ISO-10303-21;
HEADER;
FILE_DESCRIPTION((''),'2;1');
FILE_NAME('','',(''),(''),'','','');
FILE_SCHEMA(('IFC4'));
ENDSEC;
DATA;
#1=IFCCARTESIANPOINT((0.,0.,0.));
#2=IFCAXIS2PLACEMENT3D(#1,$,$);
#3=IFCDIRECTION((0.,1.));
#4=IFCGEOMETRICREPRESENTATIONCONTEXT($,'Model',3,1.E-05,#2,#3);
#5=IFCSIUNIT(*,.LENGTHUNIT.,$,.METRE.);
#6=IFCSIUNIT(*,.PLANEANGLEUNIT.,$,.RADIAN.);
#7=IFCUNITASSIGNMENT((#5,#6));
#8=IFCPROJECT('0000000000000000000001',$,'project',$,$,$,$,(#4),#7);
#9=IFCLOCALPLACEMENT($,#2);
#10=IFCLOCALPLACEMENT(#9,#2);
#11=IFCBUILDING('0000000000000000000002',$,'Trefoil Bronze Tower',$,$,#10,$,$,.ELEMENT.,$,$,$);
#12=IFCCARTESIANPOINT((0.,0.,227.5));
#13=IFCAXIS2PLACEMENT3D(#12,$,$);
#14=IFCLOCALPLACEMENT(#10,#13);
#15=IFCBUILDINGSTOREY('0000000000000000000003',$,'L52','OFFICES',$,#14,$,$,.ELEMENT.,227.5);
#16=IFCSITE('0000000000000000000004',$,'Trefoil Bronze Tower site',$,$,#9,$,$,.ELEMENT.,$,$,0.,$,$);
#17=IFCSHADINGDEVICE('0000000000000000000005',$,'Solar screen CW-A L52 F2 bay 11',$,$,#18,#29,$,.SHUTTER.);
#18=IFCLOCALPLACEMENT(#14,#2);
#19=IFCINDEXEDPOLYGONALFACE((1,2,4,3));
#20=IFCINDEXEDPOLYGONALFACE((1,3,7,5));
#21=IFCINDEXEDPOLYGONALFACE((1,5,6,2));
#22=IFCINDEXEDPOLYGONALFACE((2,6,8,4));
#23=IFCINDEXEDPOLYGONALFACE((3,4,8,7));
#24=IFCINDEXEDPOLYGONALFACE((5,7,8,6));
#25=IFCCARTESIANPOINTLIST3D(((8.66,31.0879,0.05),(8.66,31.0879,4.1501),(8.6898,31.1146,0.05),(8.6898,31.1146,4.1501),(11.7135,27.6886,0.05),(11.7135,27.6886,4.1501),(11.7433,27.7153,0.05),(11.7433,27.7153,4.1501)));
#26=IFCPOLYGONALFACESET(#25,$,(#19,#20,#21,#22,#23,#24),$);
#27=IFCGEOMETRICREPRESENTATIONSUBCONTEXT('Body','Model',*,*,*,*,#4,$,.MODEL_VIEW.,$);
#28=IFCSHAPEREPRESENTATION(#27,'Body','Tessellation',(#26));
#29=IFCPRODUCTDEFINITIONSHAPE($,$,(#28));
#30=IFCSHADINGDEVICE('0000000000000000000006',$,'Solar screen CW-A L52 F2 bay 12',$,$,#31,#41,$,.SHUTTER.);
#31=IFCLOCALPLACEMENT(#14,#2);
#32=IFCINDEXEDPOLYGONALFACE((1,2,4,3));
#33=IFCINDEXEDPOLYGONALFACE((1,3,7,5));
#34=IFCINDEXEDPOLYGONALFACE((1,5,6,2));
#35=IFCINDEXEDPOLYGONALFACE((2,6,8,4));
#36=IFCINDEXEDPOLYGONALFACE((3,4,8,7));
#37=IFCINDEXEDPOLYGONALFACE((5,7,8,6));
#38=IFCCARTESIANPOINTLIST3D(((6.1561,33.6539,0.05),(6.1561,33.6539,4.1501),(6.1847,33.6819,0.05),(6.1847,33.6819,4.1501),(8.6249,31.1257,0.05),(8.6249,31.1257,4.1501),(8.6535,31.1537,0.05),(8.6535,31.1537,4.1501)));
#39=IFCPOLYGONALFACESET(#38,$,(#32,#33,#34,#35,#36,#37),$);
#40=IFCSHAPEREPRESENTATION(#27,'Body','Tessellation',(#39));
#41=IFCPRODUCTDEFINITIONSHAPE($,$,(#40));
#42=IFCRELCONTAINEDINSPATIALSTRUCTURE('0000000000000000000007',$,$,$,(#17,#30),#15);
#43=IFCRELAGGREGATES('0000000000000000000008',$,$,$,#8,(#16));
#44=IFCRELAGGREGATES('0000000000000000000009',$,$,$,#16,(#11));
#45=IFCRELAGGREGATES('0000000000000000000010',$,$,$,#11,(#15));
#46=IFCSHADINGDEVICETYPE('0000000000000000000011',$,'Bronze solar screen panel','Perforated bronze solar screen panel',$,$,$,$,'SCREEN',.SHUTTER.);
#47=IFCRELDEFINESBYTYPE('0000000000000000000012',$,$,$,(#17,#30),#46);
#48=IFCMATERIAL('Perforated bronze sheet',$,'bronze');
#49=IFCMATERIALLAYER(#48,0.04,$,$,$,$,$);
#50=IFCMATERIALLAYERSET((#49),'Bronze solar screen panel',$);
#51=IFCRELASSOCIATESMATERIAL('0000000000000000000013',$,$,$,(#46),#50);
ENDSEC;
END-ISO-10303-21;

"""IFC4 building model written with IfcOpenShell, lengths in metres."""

from ifc_helpers import new_model, si_unit, direction, frame, origin, origin_2d, place, context, subcontext, project, spatial, rectangle, extrude, material, layer, layer_set, type_object, element, save


model = new_model("IFC4")

# Units and contexts
model_context = context("Model", 3, precision=1e-05, world=origin(), true_north=direction((0.0, 1.0)))
body_context = subcontext(model_context, "Body", "Model", "MODEL_VIEW")
ifc_project = project(units=[si_unit("LENGTHUNIT", "METRE"), si_unit("PLANEANGLEUNIT", "RADIAN")], contexts=[model_context])

# Site, building, storey
site_placement = place(None, origin())
site = spatial("IfcSite", under=ifc_project, at=site_placement, Name="Trefoil Bronze Tower site", CompositionType="ELEMENT", RefElevation=0.0)
building_placement = place(site_placement, origin())
building = spatial("IfcBuilding", under=site, at=building_placement, Name="Trefoil Bronze Tower", CompositionType="ELEMENT")
storey_placement = place(building_placement, frame((0.0, 0.0, 227.5)))
storey = spatial("IfcBuildingStorey", under=building, at=storey_placement, Name="L52", Description="OFFICES", CompositionType="ELEMENT", Elevation=227.5)

# Shading devices
ifc_material_1 = material(Name="Perforated bronze sheet", Category="bronze")
ifc_layer_1 = layer(ifc_material_1, 0.04)
ifc_layer_set_1 = layer_set([ifc_layer_1], Name="Bronze solar screen panel")
shading_device_type = type_object("IfcShadingDeviceType", Name="Bronze solar screen panel", Description="Perforated bronze solar screen panel", ElementType="SCREEN", PredefinedType="SHUTTER", material=ifc_layer_set_1)
shading_device_1_placement = place(storey_placement, frame((10.2017, 29.4016, 0.05), z_axis=(0.0, 0.0, 1.0), x_axis=(-0.668246, 0.743941, 0.0)))
element("IfcShadingDevice", 1, at=shading_device_1_placement, inside=storey, type_object=shading_device_type, Name="Solar screen CW-A L52 F2 bay 11", PredefinedType="SHUTTER", context=body_context, shape_type="SweptSolid", body=[
    extrude(rectangle(XDim=4.5693, YDim=0.04, at=origin_2d()), origin(), (0.0, 0.0, 1.0), 4.1001),
])
shading_device_2_placement = place(storey_placement, frame((7.4048, 32.4038, 0.05), z_axis=(0.0, 0.0, 1.0), x_axis=(-0.698652, 0.715462, 0.0)))
element("IfcShadingDevice", 2, at=shading_device_2_placement, inside=storey, type_object=shading_device_type, Name="Solar screen CW-A L52 F2 bay 12", PredefinedType="SHUTTER", context=body_context, shape_type="SweptSolid", body=[
    extrude(rectangle(XDim=3.5337, YDim=0.04, at=origin_2d()), origin(), (0.0, 0.0, 1.0), 4.1001),
])

save(model, "model.ifc")
